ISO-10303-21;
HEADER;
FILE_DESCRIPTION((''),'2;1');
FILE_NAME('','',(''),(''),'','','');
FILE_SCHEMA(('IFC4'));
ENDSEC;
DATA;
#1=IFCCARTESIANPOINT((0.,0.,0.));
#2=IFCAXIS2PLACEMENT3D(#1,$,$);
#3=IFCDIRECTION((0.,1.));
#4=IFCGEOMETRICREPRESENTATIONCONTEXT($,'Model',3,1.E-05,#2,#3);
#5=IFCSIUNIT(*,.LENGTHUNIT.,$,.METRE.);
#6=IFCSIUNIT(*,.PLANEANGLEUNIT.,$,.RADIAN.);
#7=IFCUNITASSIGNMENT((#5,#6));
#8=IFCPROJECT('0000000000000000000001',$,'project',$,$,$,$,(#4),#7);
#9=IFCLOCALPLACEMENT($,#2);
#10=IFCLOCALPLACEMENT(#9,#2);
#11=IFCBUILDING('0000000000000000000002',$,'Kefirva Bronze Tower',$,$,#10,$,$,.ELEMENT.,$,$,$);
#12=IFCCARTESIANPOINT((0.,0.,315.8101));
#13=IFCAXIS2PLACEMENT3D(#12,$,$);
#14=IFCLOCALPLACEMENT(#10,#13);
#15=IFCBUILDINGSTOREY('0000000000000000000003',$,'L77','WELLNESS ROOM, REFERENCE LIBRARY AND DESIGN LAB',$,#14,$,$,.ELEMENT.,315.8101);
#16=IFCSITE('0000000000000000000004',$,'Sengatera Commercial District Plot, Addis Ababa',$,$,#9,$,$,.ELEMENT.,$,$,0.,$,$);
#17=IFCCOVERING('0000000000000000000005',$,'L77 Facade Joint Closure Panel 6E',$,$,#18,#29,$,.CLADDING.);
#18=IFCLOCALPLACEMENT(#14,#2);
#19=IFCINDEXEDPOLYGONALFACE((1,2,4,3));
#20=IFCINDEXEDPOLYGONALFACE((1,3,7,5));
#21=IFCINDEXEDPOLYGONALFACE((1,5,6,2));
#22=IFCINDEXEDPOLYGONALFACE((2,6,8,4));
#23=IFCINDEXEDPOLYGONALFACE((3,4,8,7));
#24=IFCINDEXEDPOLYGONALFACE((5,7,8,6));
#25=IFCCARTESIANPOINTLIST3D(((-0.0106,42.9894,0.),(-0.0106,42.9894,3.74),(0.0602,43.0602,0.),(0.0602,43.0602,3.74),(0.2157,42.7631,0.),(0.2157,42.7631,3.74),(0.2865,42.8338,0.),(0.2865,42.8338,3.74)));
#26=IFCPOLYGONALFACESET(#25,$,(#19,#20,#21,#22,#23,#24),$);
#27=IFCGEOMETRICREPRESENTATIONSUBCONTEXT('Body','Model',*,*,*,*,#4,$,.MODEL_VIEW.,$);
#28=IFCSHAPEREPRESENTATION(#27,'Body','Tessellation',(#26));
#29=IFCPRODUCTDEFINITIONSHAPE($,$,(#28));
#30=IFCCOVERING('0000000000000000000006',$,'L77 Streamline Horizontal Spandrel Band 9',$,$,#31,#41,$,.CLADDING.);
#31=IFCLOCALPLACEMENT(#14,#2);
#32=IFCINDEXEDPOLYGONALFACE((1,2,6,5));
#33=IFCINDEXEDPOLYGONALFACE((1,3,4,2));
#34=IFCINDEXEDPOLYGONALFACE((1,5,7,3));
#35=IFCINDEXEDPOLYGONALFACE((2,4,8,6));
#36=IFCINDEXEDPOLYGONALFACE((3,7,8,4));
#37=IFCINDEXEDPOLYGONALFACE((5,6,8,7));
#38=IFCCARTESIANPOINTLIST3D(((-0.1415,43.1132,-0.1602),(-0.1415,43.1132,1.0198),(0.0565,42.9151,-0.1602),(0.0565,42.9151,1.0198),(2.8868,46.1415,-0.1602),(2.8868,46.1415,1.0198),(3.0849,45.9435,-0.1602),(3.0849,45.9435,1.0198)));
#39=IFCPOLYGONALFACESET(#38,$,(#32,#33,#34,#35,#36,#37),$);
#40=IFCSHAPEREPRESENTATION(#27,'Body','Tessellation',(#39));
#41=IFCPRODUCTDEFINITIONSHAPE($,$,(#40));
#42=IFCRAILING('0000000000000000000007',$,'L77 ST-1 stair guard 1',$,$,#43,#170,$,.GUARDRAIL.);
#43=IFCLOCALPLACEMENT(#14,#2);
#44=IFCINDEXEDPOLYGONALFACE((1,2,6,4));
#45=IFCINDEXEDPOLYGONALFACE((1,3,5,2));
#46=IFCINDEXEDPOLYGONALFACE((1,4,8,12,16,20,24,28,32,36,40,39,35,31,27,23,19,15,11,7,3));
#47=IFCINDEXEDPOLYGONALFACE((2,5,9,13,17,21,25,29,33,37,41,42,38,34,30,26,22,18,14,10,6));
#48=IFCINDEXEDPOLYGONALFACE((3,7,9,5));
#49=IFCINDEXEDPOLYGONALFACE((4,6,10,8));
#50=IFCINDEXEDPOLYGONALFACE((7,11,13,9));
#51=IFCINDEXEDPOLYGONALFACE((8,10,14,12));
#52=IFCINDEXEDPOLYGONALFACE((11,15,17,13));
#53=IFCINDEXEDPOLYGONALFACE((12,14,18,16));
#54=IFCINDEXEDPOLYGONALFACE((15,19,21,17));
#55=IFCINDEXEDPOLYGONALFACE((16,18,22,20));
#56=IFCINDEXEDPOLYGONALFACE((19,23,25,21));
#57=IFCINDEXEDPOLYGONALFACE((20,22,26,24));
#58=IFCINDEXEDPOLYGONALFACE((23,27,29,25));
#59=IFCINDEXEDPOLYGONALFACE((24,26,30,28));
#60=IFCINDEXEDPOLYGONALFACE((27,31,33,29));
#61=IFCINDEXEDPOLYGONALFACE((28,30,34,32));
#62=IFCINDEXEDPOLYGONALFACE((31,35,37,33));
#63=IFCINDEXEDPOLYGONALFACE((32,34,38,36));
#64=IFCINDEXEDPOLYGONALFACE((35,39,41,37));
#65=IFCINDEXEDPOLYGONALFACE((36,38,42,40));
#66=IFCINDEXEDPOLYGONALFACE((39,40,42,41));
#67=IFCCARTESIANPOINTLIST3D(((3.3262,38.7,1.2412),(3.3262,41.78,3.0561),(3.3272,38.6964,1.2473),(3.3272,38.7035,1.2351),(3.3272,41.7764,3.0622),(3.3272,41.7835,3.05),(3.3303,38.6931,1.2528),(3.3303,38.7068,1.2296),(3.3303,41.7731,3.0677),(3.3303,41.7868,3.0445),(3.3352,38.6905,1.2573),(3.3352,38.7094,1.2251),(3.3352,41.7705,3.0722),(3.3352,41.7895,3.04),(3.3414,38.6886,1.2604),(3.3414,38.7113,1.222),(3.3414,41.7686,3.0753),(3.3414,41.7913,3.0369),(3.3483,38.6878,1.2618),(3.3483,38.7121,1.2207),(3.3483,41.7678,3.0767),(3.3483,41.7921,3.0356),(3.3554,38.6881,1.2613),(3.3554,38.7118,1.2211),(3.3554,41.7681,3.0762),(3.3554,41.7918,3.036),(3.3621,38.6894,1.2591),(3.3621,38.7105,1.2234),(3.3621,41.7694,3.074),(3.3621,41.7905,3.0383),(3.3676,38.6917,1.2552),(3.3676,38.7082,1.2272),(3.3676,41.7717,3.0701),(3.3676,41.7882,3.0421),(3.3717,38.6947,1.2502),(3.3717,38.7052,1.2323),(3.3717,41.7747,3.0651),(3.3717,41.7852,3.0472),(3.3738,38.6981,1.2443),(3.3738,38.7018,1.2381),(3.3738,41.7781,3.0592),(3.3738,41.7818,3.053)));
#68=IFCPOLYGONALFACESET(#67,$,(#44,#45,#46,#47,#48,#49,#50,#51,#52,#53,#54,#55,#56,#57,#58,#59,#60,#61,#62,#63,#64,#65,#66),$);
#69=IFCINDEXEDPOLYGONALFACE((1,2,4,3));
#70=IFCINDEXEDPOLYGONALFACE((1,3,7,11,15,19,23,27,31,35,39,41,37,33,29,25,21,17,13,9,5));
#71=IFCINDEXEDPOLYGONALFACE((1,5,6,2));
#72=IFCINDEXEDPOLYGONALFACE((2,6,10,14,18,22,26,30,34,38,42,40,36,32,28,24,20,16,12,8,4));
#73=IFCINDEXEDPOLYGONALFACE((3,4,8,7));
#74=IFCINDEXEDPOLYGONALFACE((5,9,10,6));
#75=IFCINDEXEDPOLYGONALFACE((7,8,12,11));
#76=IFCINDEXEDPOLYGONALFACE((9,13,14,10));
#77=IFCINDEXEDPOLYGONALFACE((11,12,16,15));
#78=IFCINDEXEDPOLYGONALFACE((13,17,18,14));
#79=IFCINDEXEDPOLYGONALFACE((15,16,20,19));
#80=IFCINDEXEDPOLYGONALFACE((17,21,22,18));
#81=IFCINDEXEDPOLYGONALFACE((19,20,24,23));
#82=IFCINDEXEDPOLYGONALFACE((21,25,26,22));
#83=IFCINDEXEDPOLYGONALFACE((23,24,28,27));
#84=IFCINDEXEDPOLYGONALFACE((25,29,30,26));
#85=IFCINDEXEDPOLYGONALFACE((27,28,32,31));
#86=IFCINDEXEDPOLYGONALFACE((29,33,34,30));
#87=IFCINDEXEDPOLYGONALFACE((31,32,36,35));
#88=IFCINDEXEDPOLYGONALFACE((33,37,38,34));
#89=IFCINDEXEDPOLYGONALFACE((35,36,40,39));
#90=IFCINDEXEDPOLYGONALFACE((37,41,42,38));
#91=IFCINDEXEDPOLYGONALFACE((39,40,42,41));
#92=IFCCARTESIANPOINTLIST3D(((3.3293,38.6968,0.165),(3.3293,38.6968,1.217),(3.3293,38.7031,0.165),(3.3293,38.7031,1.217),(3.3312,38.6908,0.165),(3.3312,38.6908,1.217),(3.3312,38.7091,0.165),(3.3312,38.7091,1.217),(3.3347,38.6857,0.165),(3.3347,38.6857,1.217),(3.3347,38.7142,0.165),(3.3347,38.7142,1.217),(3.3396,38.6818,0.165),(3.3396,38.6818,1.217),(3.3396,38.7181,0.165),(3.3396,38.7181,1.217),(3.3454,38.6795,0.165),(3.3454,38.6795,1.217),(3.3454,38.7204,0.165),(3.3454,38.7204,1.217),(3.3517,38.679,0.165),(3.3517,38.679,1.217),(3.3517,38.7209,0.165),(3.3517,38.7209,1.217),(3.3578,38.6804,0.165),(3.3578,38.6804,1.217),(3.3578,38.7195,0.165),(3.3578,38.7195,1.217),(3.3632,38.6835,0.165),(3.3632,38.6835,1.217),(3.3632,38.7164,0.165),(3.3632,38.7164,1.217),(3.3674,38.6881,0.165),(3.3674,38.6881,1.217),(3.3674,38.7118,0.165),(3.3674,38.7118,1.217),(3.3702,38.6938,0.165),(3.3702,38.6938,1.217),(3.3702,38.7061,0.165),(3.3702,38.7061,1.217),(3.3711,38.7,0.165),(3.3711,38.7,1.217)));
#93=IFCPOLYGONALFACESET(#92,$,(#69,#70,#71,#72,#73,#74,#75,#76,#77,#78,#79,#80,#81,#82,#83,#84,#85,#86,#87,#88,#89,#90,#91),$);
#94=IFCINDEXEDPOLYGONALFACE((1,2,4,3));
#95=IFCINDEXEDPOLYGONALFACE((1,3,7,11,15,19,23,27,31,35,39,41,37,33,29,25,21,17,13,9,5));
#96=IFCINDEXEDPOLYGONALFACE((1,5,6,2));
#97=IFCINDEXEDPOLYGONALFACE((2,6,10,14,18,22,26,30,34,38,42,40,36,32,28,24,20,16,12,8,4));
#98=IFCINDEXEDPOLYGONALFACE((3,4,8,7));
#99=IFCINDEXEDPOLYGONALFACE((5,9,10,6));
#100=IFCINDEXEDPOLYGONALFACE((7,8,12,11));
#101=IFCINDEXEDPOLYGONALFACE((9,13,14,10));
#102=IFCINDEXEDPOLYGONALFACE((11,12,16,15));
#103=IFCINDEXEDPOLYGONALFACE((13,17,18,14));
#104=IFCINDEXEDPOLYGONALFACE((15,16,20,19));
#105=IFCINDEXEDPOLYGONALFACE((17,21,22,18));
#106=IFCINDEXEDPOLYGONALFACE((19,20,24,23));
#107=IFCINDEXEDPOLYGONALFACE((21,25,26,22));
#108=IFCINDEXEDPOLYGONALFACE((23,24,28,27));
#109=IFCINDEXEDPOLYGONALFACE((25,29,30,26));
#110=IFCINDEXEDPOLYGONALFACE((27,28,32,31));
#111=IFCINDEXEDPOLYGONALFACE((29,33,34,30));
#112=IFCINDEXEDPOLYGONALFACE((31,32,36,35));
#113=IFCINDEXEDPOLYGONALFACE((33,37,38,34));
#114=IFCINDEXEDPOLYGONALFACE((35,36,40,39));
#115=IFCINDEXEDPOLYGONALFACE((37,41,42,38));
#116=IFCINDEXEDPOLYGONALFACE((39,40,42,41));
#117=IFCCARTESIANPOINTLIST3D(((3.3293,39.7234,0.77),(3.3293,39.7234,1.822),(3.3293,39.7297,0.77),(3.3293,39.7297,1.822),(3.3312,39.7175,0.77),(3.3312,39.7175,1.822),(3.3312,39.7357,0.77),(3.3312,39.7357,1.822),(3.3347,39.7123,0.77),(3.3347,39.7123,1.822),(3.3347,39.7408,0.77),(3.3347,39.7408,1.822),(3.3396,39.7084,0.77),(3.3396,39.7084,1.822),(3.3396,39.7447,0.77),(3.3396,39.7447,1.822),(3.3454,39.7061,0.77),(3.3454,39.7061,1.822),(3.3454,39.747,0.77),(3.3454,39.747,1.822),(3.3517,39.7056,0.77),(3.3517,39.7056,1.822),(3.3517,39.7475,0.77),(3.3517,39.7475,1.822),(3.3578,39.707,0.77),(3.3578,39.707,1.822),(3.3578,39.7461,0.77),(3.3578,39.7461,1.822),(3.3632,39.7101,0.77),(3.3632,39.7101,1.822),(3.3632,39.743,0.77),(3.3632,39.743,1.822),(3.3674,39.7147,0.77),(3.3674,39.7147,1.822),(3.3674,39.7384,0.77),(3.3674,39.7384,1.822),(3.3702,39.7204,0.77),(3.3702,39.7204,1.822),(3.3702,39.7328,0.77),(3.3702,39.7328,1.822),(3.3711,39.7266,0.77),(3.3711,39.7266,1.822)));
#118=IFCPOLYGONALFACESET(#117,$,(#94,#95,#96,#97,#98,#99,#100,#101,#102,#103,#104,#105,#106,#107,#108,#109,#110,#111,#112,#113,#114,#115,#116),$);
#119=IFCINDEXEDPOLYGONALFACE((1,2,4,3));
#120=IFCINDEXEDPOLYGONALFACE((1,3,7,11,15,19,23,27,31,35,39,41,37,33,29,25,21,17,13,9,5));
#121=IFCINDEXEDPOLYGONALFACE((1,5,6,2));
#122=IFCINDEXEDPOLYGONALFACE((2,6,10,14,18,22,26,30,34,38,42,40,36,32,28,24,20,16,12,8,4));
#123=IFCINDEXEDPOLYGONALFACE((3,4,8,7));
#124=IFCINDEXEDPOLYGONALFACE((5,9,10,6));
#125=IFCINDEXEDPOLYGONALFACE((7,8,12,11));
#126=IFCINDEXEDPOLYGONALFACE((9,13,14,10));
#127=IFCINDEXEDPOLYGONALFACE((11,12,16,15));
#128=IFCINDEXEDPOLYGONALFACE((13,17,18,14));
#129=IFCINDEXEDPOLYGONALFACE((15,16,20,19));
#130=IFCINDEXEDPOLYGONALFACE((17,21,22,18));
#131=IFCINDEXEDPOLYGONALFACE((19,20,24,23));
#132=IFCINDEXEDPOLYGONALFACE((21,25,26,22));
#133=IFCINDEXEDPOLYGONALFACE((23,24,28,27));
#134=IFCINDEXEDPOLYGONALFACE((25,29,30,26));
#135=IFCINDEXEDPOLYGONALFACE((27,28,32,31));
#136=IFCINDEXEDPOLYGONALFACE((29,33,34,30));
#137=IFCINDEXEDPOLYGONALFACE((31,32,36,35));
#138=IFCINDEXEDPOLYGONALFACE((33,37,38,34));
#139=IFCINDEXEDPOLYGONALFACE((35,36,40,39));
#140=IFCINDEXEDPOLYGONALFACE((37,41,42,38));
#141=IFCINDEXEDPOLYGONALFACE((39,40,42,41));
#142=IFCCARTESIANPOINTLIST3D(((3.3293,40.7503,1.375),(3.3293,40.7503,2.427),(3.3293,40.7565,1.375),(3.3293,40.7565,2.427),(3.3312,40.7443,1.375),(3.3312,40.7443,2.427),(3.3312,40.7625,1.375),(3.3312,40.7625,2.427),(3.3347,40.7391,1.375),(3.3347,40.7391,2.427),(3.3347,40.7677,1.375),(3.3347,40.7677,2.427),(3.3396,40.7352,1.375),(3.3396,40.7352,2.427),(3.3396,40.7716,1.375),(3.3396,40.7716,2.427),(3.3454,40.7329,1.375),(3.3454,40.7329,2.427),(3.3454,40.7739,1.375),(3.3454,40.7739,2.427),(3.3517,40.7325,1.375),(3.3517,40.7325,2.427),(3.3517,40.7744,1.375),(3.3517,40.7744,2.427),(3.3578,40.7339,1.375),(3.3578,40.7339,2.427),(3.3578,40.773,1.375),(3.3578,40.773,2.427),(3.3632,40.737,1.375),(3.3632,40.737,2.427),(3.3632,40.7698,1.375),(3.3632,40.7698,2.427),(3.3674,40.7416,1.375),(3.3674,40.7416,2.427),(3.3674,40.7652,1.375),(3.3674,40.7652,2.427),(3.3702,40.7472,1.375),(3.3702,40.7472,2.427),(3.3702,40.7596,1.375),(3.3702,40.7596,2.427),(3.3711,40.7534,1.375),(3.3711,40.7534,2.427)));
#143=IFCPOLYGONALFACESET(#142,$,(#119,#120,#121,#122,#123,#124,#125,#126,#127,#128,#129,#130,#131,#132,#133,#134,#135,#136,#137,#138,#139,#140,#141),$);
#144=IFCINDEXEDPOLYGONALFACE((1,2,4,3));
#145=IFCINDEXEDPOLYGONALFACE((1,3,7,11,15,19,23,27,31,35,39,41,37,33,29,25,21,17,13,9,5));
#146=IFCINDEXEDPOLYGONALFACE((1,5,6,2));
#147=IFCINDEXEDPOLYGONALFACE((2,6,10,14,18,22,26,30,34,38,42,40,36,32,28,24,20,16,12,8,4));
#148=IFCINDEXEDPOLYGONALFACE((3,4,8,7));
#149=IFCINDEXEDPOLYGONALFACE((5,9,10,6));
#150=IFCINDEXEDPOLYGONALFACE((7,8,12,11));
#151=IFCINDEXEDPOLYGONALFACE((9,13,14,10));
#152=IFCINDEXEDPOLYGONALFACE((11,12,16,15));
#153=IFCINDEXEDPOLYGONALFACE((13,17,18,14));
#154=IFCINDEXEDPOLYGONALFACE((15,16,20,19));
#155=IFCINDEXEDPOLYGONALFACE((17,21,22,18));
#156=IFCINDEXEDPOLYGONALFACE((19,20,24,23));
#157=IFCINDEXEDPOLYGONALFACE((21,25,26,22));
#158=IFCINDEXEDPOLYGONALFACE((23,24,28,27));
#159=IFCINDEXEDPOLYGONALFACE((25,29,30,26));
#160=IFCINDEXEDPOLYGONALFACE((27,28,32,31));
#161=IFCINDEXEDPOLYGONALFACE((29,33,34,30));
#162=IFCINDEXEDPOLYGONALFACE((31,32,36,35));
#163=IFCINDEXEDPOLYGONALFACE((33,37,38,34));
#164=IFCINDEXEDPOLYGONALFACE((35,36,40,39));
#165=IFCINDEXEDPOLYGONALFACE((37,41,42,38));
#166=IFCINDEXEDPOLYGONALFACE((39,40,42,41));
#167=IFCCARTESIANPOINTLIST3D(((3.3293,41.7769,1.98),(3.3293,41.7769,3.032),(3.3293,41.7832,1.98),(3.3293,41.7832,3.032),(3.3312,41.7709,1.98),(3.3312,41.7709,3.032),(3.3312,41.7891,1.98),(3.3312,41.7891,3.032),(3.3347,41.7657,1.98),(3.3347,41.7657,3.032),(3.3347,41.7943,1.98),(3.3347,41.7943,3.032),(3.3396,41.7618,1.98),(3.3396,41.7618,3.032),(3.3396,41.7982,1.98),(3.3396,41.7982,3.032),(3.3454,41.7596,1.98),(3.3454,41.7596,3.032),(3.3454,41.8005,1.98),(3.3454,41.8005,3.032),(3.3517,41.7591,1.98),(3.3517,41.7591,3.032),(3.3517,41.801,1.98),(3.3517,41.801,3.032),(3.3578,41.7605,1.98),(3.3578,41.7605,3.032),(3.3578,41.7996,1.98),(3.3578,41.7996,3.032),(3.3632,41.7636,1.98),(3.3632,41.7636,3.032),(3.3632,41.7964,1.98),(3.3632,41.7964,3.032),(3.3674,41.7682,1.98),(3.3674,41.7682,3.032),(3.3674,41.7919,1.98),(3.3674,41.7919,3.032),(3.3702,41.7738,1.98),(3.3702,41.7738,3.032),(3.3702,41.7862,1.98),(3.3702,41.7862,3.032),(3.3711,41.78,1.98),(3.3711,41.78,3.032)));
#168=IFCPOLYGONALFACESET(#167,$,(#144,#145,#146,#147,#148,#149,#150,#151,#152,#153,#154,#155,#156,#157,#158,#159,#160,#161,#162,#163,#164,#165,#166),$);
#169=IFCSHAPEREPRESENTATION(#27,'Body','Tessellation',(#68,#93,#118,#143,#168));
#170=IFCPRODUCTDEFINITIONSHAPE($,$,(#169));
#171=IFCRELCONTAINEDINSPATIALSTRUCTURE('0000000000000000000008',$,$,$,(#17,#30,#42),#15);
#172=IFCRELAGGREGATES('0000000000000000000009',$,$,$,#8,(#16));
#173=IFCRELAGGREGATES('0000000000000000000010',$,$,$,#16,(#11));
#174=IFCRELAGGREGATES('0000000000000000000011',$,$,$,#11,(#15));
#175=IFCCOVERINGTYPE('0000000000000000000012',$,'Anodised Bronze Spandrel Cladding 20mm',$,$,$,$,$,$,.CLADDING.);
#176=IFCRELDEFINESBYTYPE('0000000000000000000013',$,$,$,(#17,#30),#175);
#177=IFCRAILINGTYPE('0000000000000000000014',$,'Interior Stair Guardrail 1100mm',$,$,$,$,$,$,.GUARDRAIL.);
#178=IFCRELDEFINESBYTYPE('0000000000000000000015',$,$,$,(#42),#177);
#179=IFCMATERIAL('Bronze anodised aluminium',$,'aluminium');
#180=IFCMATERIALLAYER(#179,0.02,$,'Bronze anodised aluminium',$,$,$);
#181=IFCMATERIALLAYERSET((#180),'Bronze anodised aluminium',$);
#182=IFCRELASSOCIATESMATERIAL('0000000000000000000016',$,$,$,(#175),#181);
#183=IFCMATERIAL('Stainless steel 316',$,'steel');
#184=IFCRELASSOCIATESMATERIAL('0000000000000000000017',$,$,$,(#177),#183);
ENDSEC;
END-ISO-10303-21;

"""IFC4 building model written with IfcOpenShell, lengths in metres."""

from ifc_helpers import new_model, si_unit, direction, frame, origin, origin_2d, place, context, subcontext, project, spatial, rectangle, circle, extrude, material, layer, layer_set, type_object, element, save


model = new_model("IFC4")

# Units and contexts
model_context = context("Model", 3, precision=1e-05, world=origin(), true_north=direction((0.0, 1.0)))
body_context = subcontext(model_context, "Body", "Model", "MODEL_VIEW")
ifc_project = project(units=[si_unit("LENGTHUNIT", "METRE"), si_unit("PLANEANGLEUNIT", "RADIAN")], contexts=[model_context])

# Site, building, storey
site_placement = place(None, origin())
site = spatial("IfcSite", under=ifc_project, at=site_placement, Name="Sengatera Commercial District Plot, Addis Ababa", CompositionType="ELEMENT", RefElevation=0.0)
building_placement = place(site_placement, origin())
building = spatial("IfcBuilding", under=site, at=building_placement, Name="Kefirva Bronze Tower", CompositionType="ELEMENT")
storey_placement = place(building_placement, frame((0.0, 0.0, 315.8101)))
storey = spatial("IfcBuildingStorey", under=building, at=storey_placement, Name="L77", Description="WELLNESS ROOM, REFERENCE LIBRARY AND DESIGN LAB", CompositionType="ELEMENT", Elevation=315.8101)

# Coverings
ifc_material_1 = material(Name="Bronze anodised aluminium", Category="aluminium")
ifc_layer_1 = layer(ifc_material_1, 0.02, Name="Bronze anodised aluminium")
ifc_layer_set_1 = layer_set([ifc_layer_1], Name="Bronze anodised aluminium")
covering_type_1 = type_object("IfcCoveringType", Name="Anodised Bronze Spandrel Cladding 20mm", PredefinedType="CLADDING", material=ifc_layer_set_1)
for number, where, z_axis, x_axis, name in (
    (1, (0.1379, 42.9116, 0.0), (0.0, 0.0, 1.0), (-0.707107, -0.707107, 0.0), "L77 Facade Joint Closure Panel 6E"),
):
    element("IfcCovering", number, at=place(storey_placement, frame(where, z_axis=z_axis, x_axis=x_axis)), inside=storey, type_object=covering_type_1, Name=name, PredefinedType="CLADDING", context=body_context, shape_type="SweptSolid", body=[
        extrude(rectangle(XDim=0.1001, YDim=0.3201, at=origin_2d()), origin(), (0.0, 0.0, 1.0), 3.74),
    ])
covering_1_placement = place(storey_placement, frame((1.4717, 44.5283, -0.1602), z_axis=(0.0, 0.0, 1.0), x_axis=(-0.707107, -0.707107, 0.0)))
element("IfcCovering", 2, at=covering_1_placement, inside=storey, type_object=covering_type_1, Name="L77 Streamline Horizontal Spandrel Band 9", PredefinedType="CLADDING", context=body_context, shape_type="SweptSolid", body=[
    extrude(rectangle(XDim=4.2827, YDim=0.28, at=origin_2d()), origin(), (0.0, 0.0, 1.0), 1.1799),
])

# Railing
ifc_material_2 = material(Name="Stainless steel 316", Category="steel")
railing_type_1 = type_object("IfcRailingType", Name="Interior Stair Guardrail 1100mm", PredefinedType="GUARDRAIL", material=ifc_material_2)
railing_1_placement = place(storey_placement, frame((3.3501, 38.7, 0.165)))
element("IfcRailing", 3, at=railing_1_placement, inside=storey, type_object=railing_type_1, Name="L77 ST-1 stair guard 1", PredefinedType="GUARDRAIL", context=body_context, shape_type="SweptSolid", body=[
    extrude(circle(Radius=0.0239, at=origin_2d()), frame((0.0, 0.0, 1.0762), z_axis=(0.0, 0.861551, 0.507671), x_axis=(-1.0, 0.0, 0.0)), (0.0, 0.0, 1.0), 3.575),
    extrude(circle(Radius=0.021, at=origin_2d()), origin(), (0.0, 0.0, 1.0), 1.052),
    extrude(circle(Radius=0.021, at=origin_2d()), frame((0.0, 1.0266, 0.605)), (0.0, 0.0, 1.0), 1.052),
    extrude(circle(Radius=0.021, at=origin_2d()), frame((0.0, 2.0535, 1.21)), (0.0, 0.0, 1.0), 1.052),
    extrude(circle(Radius=0.021, at=origin_2d()), frame((0.0, 3.0801, 1.8149)), (0.0, 0.0, 1.0), 1.052),
])

save(model, "model.ifc")
